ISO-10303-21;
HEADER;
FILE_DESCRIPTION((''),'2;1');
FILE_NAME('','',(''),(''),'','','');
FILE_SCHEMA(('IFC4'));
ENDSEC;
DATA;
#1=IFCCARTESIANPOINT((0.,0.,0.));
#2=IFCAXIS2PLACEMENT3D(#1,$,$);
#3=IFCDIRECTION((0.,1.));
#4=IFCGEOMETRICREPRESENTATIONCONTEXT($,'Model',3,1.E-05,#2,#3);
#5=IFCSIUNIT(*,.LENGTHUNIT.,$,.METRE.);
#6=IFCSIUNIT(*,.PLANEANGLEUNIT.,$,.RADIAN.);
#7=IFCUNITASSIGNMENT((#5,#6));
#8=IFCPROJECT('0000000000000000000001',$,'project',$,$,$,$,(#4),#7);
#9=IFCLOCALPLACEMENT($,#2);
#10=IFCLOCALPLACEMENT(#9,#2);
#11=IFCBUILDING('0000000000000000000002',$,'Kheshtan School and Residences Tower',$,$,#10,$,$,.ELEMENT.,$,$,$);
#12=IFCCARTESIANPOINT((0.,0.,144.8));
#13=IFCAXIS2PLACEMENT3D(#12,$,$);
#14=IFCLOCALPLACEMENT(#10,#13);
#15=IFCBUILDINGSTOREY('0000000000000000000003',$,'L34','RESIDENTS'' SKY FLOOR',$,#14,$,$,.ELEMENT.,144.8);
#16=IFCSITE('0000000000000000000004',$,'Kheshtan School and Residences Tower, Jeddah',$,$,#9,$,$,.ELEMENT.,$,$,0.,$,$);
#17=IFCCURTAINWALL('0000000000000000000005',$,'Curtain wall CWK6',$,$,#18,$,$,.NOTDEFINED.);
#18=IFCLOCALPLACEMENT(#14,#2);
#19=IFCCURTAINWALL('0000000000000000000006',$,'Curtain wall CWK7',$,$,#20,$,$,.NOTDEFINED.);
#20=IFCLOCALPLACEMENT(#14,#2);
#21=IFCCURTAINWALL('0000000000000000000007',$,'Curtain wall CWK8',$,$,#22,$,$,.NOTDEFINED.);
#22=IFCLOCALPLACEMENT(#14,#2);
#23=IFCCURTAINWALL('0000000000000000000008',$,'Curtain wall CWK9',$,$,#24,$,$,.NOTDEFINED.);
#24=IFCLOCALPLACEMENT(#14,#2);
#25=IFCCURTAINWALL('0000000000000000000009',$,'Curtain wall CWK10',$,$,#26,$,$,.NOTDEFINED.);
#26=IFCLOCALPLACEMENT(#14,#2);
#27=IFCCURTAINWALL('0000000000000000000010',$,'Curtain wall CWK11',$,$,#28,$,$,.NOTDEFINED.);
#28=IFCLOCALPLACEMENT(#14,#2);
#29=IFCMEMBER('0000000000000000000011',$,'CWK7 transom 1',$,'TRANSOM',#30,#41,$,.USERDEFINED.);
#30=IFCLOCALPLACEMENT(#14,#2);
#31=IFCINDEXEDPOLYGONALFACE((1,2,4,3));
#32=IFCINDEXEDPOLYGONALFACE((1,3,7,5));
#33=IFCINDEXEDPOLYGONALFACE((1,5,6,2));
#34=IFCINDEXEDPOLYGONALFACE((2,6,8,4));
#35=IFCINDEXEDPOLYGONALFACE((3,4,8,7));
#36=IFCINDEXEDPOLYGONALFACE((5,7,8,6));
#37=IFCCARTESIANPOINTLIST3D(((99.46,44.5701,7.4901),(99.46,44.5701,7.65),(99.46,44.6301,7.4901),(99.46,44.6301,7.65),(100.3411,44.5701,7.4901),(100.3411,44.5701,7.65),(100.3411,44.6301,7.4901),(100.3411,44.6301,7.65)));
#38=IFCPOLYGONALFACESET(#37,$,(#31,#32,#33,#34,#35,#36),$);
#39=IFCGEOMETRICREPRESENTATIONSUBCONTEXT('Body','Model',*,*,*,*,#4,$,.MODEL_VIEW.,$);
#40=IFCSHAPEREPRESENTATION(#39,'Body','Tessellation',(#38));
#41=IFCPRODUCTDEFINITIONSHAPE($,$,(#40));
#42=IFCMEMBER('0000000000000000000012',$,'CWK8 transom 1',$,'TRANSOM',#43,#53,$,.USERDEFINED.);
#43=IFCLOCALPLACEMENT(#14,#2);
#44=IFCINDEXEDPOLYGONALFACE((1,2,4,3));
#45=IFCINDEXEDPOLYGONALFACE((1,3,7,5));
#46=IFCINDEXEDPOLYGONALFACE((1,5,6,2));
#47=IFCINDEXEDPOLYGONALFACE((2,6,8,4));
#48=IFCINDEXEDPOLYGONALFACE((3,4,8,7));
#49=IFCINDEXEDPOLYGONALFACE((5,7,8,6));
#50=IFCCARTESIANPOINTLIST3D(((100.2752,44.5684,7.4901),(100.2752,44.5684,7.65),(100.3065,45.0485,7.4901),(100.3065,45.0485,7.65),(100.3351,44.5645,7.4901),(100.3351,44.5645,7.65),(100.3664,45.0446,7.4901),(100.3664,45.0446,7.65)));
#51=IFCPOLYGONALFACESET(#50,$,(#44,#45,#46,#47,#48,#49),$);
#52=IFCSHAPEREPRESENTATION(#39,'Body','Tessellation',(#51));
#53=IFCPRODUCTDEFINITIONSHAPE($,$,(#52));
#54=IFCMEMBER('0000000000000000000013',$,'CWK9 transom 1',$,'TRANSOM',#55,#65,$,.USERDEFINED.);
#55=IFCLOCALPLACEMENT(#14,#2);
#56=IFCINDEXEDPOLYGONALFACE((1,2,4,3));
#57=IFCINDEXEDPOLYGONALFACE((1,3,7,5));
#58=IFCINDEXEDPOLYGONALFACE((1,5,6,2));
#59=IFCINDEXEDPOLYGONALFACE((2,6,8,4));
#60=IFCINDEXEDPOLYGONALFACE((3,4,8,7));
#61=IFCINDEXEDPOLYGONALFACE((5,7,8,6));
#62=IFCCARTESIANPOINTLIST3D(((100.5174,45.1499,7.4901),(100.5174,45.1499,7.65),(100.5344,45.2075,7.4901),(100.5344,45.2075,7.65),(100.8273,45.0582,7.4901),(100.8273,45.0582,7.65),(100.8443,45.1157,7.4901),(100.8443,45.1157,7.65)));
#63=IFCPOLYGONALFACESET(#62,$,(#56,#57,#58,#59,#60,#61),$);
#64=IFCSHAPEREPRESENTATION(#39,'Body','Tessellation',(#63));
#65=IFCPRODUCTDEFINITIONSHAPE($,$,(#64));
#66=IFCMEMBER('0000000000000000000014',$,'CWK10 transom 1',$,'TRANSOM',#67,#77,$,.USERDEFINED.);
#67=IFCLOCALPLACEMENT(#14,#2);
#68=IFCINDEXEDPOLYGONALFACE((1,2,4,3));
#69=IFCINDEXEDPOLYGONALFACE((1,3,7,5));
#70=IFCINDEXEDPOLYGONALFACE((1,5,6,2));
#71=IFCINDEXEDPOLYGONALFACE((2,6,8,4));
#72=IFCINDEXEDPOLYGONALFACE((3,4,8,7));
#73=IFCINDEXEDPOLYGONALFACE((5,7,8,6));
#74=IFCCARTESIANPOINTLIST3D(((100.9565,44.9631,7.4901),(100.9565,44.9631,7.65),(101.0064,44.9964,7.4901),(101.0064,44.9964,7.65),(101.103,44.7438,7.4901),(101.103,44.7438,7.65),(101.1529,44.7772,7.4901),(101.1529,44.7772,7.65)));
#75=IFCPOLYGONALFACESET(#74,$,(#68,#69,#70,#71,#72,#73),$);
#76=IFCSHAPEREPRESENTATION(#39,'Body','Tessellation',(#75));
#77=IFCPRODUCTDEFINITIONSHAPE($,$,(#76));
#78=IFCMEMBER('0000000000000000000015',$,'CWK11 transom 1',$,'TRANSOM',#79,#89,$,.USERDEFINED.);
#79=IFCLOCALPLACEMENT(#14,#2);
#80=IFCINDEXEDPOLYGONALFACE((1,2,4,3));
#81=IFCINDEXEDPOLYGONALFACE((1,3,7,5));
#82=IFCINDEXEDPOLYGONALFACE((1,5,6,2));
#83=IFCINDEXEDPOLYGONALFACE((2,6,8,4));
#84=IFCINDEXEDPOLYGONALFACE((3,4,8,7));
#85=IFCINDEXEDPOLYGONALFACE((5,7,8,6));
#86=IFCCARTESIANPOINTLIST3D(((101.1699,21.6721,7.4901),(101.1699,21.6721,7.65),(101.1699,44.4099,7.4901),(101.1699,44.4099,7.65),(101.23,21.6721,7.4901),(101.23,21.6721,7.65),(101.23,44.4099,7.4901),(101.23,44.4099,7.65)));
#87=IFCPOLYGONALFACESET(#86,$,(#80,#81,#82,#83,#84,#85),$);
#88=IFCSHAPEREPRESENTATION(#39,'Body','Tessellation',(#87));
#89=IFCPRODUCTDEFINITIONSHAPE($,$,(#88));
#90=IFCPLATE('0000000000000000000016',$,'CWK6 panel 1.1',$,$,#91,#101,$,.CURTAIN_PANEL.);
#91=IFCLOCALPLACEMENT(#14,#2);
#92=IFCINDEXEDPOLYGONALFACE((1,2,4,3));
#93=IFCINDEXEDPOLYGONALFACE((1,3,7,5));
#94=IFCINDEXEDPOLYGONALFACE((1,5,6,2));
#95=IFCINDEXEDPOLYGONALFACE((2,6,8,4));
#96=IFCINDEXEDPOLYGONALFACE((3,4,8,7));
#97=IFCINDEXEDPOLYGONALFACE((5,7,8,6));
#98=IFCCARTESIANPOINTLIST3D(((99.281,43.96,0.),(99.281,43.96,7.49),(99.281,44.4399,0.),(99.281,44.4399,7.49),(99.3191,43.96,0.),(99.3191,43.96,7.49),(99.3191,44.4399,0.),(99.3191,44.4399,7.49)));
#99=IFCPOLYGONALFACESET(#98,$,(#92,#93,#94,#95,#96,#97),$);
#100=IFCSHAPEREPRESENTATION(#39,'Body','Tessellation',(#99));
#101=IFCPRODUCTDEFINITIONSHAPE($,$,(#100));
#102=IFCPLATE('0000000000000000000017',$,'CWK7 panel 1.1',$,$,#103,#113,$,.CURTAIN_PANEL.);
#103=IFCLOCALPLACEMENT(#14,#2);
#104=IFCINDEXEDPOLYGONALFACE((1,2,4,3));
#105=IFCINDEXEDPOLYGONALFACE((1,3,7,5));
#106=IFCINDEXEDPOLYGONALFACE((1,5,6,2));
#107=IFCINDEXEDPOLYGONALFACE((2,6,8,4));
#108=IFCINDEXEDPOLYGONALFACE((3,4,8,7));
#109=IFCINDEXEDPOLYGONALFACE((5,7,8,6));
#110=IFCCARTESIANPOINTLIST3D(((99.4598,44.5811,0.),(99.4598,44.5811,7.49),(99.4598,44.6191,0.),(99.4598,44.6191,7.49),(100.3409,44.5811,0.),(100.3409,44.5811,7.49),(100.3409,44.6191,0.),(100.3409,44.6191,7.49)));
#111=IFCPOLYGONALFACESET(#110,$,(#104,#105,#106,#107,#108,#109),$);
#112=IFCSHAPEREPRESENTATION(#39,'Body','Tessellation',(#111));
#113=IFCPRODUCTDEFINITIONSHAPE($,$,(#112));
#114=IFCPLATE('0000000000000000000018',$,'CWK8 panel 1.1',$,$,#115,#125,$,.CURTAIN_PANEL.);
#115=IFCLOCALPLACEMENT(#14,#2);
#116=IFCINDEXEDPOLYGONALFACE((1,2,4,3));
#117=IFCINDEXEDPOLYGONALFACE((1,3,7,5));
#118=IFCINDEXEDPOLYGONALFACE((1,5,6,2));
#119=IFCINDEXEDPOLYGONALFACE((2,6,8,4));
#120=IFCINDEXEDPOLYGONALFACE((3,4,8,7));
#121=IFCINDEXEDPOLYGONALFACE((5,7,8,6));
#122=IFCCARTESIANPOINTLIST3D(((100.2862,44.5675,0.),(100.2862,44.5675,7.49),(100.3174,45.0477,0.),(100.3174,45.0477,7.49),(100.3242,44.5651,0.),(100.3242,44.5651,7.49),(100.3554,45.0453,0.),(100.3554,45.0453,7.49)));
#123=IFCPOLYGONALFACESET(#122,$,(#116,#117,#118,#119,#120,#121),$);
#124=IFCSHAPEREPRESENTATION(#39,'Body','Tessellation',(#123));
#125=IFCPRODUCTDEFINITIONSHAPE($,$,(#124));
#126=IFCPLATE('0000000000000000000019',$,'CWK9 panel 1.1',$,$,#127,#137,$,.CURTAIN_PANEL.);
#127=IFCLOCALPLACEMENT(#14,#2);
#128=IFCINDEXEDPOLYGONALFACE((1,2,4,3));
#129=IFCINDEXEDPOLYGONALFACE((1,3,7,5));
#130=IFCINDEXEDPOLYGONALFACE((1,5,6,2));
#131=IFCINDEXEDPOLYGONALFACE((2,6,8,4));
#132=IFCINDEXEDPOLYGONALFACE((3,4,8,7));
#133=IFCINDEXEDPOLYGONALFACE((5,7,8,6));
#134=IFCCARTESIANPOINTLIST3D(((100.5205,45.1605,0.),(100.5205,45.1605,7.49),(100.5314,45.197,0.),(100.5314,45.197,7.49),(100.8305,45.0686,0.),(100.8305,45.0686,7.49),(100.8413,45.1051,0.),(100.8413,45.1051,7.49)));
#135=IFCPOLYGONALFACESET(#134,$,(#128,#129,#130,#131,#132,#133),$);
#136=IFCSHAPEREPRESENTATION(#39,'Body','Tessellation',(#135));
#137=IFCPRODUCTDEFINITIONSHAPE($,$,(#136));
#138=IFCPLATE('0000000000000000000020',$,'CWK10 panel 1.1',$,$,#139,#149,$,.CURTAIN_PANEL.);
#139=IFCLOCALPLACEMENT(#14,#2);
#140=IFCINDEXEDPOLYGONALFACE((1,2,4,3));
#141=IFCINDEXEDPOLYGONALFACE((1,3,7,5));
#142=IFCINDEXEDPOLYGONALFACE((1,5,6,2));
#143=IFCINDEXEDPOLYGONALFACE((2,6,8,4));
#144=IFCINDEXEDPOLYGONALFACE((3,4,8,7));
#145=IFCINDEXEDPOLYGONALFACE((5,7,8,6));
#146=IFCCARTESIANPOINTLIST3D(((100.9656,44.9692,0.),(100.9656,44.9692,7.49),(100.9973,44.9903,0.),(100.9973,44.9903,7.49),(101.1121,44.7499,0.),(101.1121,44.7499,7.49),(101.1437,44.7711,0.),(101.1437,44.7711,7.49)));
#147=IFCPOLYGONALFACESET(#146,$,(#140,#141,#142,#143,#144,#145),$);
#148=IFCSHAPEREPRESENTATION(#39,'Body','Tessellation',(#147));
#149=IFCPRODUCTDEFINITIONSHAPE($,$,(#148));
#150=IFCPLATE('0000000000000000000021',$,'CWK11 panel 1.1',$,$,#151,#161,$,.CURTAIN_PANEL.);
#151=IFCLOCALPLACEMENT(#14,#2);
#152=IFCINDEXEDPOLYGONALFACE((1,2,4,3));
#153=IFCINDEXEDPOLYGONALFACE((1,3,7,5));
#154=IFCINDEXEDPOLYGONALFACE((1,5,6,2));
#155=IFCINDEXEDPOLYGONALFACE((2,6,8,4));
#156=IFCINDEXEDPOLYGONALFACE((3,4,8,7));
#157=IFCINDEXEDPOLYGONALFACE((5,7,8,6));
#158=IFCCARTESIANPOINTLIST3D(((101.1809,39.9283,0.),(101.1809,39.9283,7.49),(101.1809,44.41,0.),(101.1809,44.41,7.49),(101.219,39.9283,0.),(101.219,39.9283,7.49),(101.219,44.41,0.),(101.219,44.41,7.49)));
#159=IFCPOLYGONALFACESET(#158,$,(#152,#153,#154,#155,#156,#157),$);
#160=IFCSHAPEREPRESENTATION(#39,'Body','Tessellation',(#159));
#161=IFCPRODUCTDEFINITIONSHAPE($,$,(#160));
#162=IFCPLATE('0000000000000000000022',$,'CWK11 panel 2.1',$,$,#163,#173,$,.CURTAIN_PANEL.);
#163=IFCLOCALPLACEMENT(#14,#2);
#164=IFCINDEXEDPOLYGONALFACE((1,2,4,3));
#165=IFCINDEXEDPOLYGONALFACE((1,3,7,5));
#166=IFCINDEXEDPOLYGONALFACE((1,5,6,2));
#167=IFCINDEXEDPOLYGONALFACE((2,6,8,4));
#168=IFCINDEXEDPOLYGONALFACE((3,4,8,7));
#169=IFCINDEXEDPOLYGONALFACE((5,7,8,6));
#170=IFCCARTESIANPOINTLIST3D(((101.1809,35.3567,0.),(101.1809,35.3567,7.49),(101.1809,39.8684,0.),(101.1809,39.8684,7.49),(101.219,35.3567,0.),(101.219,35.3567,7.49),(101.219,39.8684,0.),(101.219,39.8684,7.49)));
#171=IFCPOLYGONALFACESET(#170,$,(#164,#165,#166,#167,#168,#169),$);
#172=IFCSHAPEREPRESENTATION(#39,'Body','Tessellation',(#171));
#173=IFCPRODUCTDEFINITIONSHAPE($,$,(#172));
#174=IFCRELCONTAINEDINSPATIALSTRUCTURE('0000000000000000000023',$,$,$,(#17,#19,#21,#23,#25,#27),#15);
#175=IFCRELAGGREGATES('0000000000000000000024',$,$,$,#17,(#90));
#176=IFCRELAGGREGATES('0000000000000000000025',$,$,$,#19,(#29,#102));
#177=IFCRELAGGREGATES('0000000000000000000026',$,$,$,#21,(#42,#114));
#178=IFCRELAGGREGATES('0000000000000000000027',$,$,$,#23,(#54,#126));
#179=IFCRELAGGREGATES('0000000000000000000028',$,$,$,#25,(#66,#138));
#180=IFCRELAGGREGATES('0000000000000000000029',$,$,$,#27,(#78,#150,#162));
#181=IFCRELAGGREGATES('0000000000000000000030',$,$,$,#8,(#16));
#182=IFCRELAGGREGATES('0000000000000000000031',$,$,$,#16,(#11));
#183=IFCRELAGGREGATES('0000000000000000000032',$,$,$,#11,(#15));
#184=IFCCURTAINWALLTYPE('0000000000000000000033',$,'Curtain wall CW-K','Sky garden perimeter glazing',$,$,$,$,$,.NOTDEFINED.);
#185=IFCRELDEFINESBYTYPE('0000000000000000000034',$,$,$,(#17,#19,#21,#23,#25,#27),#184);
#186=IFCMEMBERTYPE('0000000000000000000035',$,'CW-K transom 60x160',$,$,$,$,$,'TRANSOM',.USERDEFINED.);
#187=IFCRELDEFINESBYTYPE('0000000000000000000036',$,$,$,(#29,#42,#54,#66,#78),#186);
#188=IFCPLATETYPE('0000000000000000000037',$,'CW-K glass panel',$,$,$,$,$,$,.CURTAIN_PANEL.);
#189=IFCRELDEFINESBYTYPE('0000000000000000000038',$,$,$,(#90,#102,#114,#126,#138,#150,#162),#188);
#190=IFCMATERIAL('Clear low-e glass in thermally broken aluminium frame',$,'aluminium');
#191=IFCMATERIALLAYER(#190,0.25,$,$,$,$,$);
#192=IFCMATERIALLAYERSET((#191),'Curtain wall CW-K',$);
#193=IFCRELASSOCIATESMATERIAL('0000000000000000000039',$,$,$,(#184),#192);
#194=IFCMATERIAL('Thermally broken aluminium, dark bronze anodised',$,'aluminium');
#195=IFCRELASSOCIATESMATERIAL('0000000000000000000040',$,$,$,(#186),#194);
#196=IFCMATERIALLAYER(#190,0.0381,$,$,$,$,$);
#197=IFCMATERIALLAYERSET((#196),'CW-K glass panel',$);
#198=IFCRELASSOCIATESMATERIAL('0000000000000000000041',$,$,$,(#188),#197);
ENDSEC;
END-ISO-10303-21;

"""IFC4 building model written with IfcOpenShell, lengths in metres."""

from ifc_helpers import new_model, si_unit, direction, frame, origin, origin_2d, place, context, subcontext, project, spatial, rectangle, extrude, material, layer, layer_set, material_profile, profile_set, type_object, element, aggregate, save


model = new_model("IFC4")

# Units and contexts
model_context = context("Model", 3, precision=1e-05, world=origin(), true_north=direction((0.0, 1.0)))
body_context = subcontext(model_context, "Body", "Model", "MODEL_VIEW")
ifc_project = project(units=[si_unit("LENGTHUNIT", "METRE"), si_unit("PLANEANGLEUNIT", "RADIAN")], contexts=[model_context])

# Site, building, storey
site_placement = place(None, origin())
site = spatial("IfcSite", under=ifc_project, at=site_placement, Name="Kheshtan School and Residences Tower, Jeddah", CompositionType="ELEMENT", RefElevation=0.0)
building_placement = place(site_placement, origin())
building = spatial("IfcBuilding", under=site, at=building_placement, Name="Kheshtan School and Residences Tower", CompositionType="ELEMENT")
storey_placement = place(building_placement, frame((0.0, 0.0, 144.8)))
storey = spatial("IfcBuildingStorey", under=building, at=storey_placement, Name="L34", Description="RESIDENTS' SKY FLOOR", CompositionType="ELEMENT", Elevation=144.8)

# Shared definitions
ifc_material_1 = material(Name="Clear low-e glass in thermally broken aluminium frame", Category="aluminium")
ifc_material_2 = material(Name="Thermally broken aluminium, dark bronze anodised", Category="aluminium")

# Curtain walls
ifc_layer_1 = layer(ifc_material_1, 0.25)
ifc_layer_set_1 = layer_set([ifc_layer_1], Name="Curtain wall CW-K")
curtain_wall_type_1 = type_object("IfcCurtainWallType", Name="Curtain wall CW-K", Description="Sky garden perimeter glazing", PredefinedType="NOTDEFINED", material=ifc_layer_set_1)
curtain_wall_1_placement = place(storey_placement, origin())
curtain_wall_1 = element("IfcCurtainWall", 1, at=curtain_wall_1_placement, inside=storey, type_object=curtain_wall_type_1, Name="Curtain wall CWK6", PredefinedType="NOTDEFINED")
curtain_wall_2_placement = place(storey_placement, origin())
curtain_wall_2 = element("IfcCurtainWall", 2, at=curtain_wall_2_placement, inside=storey, type_object=curtain_wall_type_1, Name="Curtain wall CWK7", PredefinedType="NOTDEFINED")
curtain_wall_3_placement = place(storey_placement, origin())
curtain_wall_3 = element("IfcCurtainWall", 3, at=curtain_wall_3_placement, inside=storey, type_object=curtain_wall_type_1, Name="Curtain wall CWK8", PredefinedType="NOTDEFINED")
curtain_wall_4_placement = place(storey_placement, origin())
curtain_wall_4 = element("IfcCurtainWall", 4, at=curtain_wall_4_placement, inside=storey, type_object=curtain_wall_type_1, Name="Curtain wall CWK9", PredefinedType="NOTDEFINED")
curtain_wall_5_placement = place(storey_placement, origin())
curtain_wall_5 = element("IfcCurtainWall", 5, at=curtain_wall_5_placement, inside=storey, type_object=curtain_wall_type_1, Name="Curtain wall CWK10", PredefinedType="NOTDEFINED")
curtain_wall_6_placement = place(storey_placement, origin())
curtain_wall_6 = element("IfcCurtainWall", 6, at=curtain_wall_6_placement, inside=storey, type_object=curtain_wall_type_1, Name="Curtain wall CWK11", PredefinedType="NOTDEFINED")

# Members
ifc_material_profile_1 = material_profile(ifc_material_2, rectangle(XDim=0.0601, YDim=0.1599, at=origin_2d()), Name="CW-K transom 60x160")
ifc_profile_set_1 = profile_set([ifc_material_profile_1], Name="Thermally broken aluminium, dark bronze anodised")
member_type_1 = type_object("IfcMemberType", Name="CW-K transom 60x160", ElementType="TRANSOM", PredefinedType="USERDEFINED", material=ifc_profile_set_1)
member_1_placement = place(storey_placement, frame((99.46, 44.6001, 7.5701), z_axis=(1.0, 0.0, 0.0), x_axis=(0.0, 1.0, 0.0)))
member_1 = element("IfcMember", 7, at=member_1_placement, type_object=member_type_1, Name="CWK7 transom 1", ObjectType="TRANSOM", PredefinedType="USERDEFINED", context=body_context, shape_type="SweptSolid", body=[
    extrude(rectangle(XDim=0.0601, YDim=0.1599, at=origin_2d()), origin(), (0.0, 0.0, 1.0), 0.8811),
])
member_2_placement = place(storey_placement, frame((100.3052, 44.5664, 7.5701), z_axis=(0.064936, 0.997889, 0.0), x_axis=(-0.997889, 0.064936, 0.0)))
member_2 = element("IfcMember", 8, at=member_2_placement, type_object=member_type_1, Name="CWK8 transom 1", ObjectType="TRANSOM", PredefinedType="USERDEFINED", context=body_context, shape_type="SweptSolid", body=[
    extrude(rectangle(XDim=0.0601, YDim=0.1599, at=origin_2d()), origin(), (0.0, 0.0, 1.0), 0.4812),
])
member_3_placement = place(storey_placement, frame((100.5259, 45.1787, 7.5701), z_axis=(0.958859, -0.283883, 0.0), x_axis=(0.283883, 0.958859, 0.0)))
member_3 = element("IfcMember", 9, at=member_3_placement, type_object=member_type_1, Name="CWK9 transom 1", ObjectType="TRANSOM", PredefinedType="USERDEFINED", context=body_context, shape_type="SweptSolid", body=[
    extrude(rectangle(XDim=0.0601, YDim=0.1599, at=origin_2d()), origin(), (0.0, 0.0, 1.0), 0.3232),
])
member_4_placement = place(storey_placement, frame((100.9814, 44.9797, 7.5701), z_axis=(0.555555, -0.83148, 0.0), x_axis=(0.83148, 0.555555, 0.0)))
member_4 = element("IfcMember", 10, at=member_4_placement, type_object=member_type_1, Name="CWK10 transom 1", ObjectType="TRANSOM", PredefinedType="USERDEFINED", context=body_context, shape_type="SweptSolid", body=[
    extrude(rectangle(XDim=0.0601, YDim=0.1599, at=origin_2d()), origin(), (0.0, 0.0, 1.0), 0.2637),
])
member_5_placement = place(storey_placement, frame((101.2, 44.4099, 7.5701), z_axis=(0.0, -1.0, 0.0), x_axis=(1.0, 0.0, 0.0)))
member_5 = element("IfcMember", 11, at=member_5_placement, type_object=member_type_1, Name="CWK11 transom 1", ObjectType="TRANSOM", PredefinedType="USERDEFINED", context=body_context, shape_type="SweptSolid", body=[
    extrude(rectangle(XDim=0.0601, YDim=0.1599, at=origin_2d()), origin(), (0.0, 0.0, 1.0), 22.7378),
])

# Plates
ifc_layer_2 = layer(ifc_material_1, 0.0381)
ifc_layer_set_2 = layer_set([ifc_layer_2], Name="CW-K glass panel")
plate_type = type_object("IfcPlateType", Name="CW-K glass panel", PredefinedType="CURTAIN_PANEL", material=ifc_layer_set_2)
plate_1_placement = place(storey_placement, frame((99.3, 44.2, 0.0), z_axis=(0.0, 0.0, 1.0), x_axis=(0.0, 1.0, 0.0)))
plate_1 = element("IfcPlate", 12, at=plate_1_placement, type_object=plate_type, Name="CWK6 panel 1.1", PredefinedType="CURTAIN_PANEL", context=body_context, shape_type="SweptSolid", body=[
    extrude(rectangle(XDim=0.48, YDim=0.0381, at=origin_2d()), origin(), (0.0, 0.0, 1.0), 7.49),
])
aggregate(curtain_wall_1, [plate_1])
plate_2_placement = place(storey_placement, frame((99.9004, 44.6001, 0.0), z_axis=(0.0, 0.0, 1.0), x_axis=(1.0, 0.0, 0.0)))
plate_2 = element("IfcPlate", 13, at=plate_2_placement, type_object=plate_type, Name="CWK7 panel 1.1", PredefinedType="CURTAIN_PANEL", context=body_context, shape_type="SweptSolid", body=[
    extrude(rectangle(XDim=0.8811, YDim=0.0381, at=origin_2d()), origin(), (0.0, 0.0, 1.0), 7.49),
])
aggregate(curtain_wall_2, [member_1, plate_2])
plate_3_placement = place(storey_placement, frame((100.3208, 44.8064, 0.0), z_axis=(0.0, 0.0, 1.0), x_axis=(0.064863, 0.997894, 0.0)))
plate_3 = element("IfcPlate", 14, at=plate_3_placement, type_object=plate_type, Name="CWK8 panel 1.1", PredefinedType="CURTAIN_PANEL", context=body_context, shape_type="SweptSolid", body=[
    extrude(rectangle(XDim=0.4812, YDim=0.0381, at=origin_2d()), origin(), (0.0, 0.0, 1.0), 7.49),
])
aggregate(curtain_wall_3, [member_2, plate_3])
plate_4_placement = place(storey_placement, frame((100.6809, 45.1328, 0.0), z_axis=(0.0, 0.0, 1.0), x_axis=(0.958753, -0.284242, 0.0)))
plate_4 = element("IfcPlate", 15, at=plate_4_placement, type_object=plate_type, Name="CWK9 panel 1.1", PredefinedType="CURTAIN_PANEL", context=body_context, shape_type="SweptSolid", body=[
    extrude(rectangle(XDim=0.3232, YDim=0.0381, at=origin_2d()), origin(), (0.0, 0.0, 1.0), 7.49),
])
aggregate(curtain_wall_4, [member_3, plate_4])
plate_5_placement = place(storey_placement, frame((101.0547, 44.8701, 0.0), z_axis=(0.0, 0.0, 1.0), x_axis=(0.555302, -0.831649, 0.0)))
plate_5 = element("IfcPlate", 16, at=plate_5_placement, type_object=plate_type, Name="CWK10 panel 1.1", PredefinedType="CURTAIN_PANEL", context=body_context, shape_type="SweptSolid", body=[
    extrude(rectangle(XDim=0.2637, YDim=0.0381, at=origin_2d()), origin(), (0.0, 0.0, 1.0), 7.49),
])
aggregate(curtain_wall_5, [member_4, plate_5])
plate_6_placement = place(storey_placement, frame((101.2, 42.1692, 0.0), z_axis=(0.0, 0.0, 1.0), x_axis=(0.0, -1.0, 0.0)))
plate_6 = element("IfcPlate", 17, at=plate_6_placement, type_object=plate_type, Name="CWK11 panel 1.1", PredefinedType="CURTAIN_PANEL", context=body_context, shape_type="SweptSolid", body=[
    extrude(rectangle(XDim=4.4817, YDim=0.0381, at=origin_2d()), origin(), (0.0, 0.0, 1.0), 7.49),
])
plate_7_placement = place(storey_placement, frame((101.2, 37.6125, 0.0), z_axis=(0.0, 0.0, 1.0), x_axis=(0.0, -1.0, 0.0)))
plate_7 = element("IfcPlate", 18, at=plate_7_placement, type_object=plate_type, Name="CWK11 panel 2.1", PredefinedType="CURTAIN_PANEL", context=body_context, shape_type="SweptSolid", body=[
    extrude(rectangle(XDim=4.5117, YDim=0.0381, at=origin_2d()), origin(), (0.0, 0.0, 1.0), 7.49),
])
aggregate(curtain_wall_6, [member_5, plate_6, plate_7])

save(model, "model.ifc")
